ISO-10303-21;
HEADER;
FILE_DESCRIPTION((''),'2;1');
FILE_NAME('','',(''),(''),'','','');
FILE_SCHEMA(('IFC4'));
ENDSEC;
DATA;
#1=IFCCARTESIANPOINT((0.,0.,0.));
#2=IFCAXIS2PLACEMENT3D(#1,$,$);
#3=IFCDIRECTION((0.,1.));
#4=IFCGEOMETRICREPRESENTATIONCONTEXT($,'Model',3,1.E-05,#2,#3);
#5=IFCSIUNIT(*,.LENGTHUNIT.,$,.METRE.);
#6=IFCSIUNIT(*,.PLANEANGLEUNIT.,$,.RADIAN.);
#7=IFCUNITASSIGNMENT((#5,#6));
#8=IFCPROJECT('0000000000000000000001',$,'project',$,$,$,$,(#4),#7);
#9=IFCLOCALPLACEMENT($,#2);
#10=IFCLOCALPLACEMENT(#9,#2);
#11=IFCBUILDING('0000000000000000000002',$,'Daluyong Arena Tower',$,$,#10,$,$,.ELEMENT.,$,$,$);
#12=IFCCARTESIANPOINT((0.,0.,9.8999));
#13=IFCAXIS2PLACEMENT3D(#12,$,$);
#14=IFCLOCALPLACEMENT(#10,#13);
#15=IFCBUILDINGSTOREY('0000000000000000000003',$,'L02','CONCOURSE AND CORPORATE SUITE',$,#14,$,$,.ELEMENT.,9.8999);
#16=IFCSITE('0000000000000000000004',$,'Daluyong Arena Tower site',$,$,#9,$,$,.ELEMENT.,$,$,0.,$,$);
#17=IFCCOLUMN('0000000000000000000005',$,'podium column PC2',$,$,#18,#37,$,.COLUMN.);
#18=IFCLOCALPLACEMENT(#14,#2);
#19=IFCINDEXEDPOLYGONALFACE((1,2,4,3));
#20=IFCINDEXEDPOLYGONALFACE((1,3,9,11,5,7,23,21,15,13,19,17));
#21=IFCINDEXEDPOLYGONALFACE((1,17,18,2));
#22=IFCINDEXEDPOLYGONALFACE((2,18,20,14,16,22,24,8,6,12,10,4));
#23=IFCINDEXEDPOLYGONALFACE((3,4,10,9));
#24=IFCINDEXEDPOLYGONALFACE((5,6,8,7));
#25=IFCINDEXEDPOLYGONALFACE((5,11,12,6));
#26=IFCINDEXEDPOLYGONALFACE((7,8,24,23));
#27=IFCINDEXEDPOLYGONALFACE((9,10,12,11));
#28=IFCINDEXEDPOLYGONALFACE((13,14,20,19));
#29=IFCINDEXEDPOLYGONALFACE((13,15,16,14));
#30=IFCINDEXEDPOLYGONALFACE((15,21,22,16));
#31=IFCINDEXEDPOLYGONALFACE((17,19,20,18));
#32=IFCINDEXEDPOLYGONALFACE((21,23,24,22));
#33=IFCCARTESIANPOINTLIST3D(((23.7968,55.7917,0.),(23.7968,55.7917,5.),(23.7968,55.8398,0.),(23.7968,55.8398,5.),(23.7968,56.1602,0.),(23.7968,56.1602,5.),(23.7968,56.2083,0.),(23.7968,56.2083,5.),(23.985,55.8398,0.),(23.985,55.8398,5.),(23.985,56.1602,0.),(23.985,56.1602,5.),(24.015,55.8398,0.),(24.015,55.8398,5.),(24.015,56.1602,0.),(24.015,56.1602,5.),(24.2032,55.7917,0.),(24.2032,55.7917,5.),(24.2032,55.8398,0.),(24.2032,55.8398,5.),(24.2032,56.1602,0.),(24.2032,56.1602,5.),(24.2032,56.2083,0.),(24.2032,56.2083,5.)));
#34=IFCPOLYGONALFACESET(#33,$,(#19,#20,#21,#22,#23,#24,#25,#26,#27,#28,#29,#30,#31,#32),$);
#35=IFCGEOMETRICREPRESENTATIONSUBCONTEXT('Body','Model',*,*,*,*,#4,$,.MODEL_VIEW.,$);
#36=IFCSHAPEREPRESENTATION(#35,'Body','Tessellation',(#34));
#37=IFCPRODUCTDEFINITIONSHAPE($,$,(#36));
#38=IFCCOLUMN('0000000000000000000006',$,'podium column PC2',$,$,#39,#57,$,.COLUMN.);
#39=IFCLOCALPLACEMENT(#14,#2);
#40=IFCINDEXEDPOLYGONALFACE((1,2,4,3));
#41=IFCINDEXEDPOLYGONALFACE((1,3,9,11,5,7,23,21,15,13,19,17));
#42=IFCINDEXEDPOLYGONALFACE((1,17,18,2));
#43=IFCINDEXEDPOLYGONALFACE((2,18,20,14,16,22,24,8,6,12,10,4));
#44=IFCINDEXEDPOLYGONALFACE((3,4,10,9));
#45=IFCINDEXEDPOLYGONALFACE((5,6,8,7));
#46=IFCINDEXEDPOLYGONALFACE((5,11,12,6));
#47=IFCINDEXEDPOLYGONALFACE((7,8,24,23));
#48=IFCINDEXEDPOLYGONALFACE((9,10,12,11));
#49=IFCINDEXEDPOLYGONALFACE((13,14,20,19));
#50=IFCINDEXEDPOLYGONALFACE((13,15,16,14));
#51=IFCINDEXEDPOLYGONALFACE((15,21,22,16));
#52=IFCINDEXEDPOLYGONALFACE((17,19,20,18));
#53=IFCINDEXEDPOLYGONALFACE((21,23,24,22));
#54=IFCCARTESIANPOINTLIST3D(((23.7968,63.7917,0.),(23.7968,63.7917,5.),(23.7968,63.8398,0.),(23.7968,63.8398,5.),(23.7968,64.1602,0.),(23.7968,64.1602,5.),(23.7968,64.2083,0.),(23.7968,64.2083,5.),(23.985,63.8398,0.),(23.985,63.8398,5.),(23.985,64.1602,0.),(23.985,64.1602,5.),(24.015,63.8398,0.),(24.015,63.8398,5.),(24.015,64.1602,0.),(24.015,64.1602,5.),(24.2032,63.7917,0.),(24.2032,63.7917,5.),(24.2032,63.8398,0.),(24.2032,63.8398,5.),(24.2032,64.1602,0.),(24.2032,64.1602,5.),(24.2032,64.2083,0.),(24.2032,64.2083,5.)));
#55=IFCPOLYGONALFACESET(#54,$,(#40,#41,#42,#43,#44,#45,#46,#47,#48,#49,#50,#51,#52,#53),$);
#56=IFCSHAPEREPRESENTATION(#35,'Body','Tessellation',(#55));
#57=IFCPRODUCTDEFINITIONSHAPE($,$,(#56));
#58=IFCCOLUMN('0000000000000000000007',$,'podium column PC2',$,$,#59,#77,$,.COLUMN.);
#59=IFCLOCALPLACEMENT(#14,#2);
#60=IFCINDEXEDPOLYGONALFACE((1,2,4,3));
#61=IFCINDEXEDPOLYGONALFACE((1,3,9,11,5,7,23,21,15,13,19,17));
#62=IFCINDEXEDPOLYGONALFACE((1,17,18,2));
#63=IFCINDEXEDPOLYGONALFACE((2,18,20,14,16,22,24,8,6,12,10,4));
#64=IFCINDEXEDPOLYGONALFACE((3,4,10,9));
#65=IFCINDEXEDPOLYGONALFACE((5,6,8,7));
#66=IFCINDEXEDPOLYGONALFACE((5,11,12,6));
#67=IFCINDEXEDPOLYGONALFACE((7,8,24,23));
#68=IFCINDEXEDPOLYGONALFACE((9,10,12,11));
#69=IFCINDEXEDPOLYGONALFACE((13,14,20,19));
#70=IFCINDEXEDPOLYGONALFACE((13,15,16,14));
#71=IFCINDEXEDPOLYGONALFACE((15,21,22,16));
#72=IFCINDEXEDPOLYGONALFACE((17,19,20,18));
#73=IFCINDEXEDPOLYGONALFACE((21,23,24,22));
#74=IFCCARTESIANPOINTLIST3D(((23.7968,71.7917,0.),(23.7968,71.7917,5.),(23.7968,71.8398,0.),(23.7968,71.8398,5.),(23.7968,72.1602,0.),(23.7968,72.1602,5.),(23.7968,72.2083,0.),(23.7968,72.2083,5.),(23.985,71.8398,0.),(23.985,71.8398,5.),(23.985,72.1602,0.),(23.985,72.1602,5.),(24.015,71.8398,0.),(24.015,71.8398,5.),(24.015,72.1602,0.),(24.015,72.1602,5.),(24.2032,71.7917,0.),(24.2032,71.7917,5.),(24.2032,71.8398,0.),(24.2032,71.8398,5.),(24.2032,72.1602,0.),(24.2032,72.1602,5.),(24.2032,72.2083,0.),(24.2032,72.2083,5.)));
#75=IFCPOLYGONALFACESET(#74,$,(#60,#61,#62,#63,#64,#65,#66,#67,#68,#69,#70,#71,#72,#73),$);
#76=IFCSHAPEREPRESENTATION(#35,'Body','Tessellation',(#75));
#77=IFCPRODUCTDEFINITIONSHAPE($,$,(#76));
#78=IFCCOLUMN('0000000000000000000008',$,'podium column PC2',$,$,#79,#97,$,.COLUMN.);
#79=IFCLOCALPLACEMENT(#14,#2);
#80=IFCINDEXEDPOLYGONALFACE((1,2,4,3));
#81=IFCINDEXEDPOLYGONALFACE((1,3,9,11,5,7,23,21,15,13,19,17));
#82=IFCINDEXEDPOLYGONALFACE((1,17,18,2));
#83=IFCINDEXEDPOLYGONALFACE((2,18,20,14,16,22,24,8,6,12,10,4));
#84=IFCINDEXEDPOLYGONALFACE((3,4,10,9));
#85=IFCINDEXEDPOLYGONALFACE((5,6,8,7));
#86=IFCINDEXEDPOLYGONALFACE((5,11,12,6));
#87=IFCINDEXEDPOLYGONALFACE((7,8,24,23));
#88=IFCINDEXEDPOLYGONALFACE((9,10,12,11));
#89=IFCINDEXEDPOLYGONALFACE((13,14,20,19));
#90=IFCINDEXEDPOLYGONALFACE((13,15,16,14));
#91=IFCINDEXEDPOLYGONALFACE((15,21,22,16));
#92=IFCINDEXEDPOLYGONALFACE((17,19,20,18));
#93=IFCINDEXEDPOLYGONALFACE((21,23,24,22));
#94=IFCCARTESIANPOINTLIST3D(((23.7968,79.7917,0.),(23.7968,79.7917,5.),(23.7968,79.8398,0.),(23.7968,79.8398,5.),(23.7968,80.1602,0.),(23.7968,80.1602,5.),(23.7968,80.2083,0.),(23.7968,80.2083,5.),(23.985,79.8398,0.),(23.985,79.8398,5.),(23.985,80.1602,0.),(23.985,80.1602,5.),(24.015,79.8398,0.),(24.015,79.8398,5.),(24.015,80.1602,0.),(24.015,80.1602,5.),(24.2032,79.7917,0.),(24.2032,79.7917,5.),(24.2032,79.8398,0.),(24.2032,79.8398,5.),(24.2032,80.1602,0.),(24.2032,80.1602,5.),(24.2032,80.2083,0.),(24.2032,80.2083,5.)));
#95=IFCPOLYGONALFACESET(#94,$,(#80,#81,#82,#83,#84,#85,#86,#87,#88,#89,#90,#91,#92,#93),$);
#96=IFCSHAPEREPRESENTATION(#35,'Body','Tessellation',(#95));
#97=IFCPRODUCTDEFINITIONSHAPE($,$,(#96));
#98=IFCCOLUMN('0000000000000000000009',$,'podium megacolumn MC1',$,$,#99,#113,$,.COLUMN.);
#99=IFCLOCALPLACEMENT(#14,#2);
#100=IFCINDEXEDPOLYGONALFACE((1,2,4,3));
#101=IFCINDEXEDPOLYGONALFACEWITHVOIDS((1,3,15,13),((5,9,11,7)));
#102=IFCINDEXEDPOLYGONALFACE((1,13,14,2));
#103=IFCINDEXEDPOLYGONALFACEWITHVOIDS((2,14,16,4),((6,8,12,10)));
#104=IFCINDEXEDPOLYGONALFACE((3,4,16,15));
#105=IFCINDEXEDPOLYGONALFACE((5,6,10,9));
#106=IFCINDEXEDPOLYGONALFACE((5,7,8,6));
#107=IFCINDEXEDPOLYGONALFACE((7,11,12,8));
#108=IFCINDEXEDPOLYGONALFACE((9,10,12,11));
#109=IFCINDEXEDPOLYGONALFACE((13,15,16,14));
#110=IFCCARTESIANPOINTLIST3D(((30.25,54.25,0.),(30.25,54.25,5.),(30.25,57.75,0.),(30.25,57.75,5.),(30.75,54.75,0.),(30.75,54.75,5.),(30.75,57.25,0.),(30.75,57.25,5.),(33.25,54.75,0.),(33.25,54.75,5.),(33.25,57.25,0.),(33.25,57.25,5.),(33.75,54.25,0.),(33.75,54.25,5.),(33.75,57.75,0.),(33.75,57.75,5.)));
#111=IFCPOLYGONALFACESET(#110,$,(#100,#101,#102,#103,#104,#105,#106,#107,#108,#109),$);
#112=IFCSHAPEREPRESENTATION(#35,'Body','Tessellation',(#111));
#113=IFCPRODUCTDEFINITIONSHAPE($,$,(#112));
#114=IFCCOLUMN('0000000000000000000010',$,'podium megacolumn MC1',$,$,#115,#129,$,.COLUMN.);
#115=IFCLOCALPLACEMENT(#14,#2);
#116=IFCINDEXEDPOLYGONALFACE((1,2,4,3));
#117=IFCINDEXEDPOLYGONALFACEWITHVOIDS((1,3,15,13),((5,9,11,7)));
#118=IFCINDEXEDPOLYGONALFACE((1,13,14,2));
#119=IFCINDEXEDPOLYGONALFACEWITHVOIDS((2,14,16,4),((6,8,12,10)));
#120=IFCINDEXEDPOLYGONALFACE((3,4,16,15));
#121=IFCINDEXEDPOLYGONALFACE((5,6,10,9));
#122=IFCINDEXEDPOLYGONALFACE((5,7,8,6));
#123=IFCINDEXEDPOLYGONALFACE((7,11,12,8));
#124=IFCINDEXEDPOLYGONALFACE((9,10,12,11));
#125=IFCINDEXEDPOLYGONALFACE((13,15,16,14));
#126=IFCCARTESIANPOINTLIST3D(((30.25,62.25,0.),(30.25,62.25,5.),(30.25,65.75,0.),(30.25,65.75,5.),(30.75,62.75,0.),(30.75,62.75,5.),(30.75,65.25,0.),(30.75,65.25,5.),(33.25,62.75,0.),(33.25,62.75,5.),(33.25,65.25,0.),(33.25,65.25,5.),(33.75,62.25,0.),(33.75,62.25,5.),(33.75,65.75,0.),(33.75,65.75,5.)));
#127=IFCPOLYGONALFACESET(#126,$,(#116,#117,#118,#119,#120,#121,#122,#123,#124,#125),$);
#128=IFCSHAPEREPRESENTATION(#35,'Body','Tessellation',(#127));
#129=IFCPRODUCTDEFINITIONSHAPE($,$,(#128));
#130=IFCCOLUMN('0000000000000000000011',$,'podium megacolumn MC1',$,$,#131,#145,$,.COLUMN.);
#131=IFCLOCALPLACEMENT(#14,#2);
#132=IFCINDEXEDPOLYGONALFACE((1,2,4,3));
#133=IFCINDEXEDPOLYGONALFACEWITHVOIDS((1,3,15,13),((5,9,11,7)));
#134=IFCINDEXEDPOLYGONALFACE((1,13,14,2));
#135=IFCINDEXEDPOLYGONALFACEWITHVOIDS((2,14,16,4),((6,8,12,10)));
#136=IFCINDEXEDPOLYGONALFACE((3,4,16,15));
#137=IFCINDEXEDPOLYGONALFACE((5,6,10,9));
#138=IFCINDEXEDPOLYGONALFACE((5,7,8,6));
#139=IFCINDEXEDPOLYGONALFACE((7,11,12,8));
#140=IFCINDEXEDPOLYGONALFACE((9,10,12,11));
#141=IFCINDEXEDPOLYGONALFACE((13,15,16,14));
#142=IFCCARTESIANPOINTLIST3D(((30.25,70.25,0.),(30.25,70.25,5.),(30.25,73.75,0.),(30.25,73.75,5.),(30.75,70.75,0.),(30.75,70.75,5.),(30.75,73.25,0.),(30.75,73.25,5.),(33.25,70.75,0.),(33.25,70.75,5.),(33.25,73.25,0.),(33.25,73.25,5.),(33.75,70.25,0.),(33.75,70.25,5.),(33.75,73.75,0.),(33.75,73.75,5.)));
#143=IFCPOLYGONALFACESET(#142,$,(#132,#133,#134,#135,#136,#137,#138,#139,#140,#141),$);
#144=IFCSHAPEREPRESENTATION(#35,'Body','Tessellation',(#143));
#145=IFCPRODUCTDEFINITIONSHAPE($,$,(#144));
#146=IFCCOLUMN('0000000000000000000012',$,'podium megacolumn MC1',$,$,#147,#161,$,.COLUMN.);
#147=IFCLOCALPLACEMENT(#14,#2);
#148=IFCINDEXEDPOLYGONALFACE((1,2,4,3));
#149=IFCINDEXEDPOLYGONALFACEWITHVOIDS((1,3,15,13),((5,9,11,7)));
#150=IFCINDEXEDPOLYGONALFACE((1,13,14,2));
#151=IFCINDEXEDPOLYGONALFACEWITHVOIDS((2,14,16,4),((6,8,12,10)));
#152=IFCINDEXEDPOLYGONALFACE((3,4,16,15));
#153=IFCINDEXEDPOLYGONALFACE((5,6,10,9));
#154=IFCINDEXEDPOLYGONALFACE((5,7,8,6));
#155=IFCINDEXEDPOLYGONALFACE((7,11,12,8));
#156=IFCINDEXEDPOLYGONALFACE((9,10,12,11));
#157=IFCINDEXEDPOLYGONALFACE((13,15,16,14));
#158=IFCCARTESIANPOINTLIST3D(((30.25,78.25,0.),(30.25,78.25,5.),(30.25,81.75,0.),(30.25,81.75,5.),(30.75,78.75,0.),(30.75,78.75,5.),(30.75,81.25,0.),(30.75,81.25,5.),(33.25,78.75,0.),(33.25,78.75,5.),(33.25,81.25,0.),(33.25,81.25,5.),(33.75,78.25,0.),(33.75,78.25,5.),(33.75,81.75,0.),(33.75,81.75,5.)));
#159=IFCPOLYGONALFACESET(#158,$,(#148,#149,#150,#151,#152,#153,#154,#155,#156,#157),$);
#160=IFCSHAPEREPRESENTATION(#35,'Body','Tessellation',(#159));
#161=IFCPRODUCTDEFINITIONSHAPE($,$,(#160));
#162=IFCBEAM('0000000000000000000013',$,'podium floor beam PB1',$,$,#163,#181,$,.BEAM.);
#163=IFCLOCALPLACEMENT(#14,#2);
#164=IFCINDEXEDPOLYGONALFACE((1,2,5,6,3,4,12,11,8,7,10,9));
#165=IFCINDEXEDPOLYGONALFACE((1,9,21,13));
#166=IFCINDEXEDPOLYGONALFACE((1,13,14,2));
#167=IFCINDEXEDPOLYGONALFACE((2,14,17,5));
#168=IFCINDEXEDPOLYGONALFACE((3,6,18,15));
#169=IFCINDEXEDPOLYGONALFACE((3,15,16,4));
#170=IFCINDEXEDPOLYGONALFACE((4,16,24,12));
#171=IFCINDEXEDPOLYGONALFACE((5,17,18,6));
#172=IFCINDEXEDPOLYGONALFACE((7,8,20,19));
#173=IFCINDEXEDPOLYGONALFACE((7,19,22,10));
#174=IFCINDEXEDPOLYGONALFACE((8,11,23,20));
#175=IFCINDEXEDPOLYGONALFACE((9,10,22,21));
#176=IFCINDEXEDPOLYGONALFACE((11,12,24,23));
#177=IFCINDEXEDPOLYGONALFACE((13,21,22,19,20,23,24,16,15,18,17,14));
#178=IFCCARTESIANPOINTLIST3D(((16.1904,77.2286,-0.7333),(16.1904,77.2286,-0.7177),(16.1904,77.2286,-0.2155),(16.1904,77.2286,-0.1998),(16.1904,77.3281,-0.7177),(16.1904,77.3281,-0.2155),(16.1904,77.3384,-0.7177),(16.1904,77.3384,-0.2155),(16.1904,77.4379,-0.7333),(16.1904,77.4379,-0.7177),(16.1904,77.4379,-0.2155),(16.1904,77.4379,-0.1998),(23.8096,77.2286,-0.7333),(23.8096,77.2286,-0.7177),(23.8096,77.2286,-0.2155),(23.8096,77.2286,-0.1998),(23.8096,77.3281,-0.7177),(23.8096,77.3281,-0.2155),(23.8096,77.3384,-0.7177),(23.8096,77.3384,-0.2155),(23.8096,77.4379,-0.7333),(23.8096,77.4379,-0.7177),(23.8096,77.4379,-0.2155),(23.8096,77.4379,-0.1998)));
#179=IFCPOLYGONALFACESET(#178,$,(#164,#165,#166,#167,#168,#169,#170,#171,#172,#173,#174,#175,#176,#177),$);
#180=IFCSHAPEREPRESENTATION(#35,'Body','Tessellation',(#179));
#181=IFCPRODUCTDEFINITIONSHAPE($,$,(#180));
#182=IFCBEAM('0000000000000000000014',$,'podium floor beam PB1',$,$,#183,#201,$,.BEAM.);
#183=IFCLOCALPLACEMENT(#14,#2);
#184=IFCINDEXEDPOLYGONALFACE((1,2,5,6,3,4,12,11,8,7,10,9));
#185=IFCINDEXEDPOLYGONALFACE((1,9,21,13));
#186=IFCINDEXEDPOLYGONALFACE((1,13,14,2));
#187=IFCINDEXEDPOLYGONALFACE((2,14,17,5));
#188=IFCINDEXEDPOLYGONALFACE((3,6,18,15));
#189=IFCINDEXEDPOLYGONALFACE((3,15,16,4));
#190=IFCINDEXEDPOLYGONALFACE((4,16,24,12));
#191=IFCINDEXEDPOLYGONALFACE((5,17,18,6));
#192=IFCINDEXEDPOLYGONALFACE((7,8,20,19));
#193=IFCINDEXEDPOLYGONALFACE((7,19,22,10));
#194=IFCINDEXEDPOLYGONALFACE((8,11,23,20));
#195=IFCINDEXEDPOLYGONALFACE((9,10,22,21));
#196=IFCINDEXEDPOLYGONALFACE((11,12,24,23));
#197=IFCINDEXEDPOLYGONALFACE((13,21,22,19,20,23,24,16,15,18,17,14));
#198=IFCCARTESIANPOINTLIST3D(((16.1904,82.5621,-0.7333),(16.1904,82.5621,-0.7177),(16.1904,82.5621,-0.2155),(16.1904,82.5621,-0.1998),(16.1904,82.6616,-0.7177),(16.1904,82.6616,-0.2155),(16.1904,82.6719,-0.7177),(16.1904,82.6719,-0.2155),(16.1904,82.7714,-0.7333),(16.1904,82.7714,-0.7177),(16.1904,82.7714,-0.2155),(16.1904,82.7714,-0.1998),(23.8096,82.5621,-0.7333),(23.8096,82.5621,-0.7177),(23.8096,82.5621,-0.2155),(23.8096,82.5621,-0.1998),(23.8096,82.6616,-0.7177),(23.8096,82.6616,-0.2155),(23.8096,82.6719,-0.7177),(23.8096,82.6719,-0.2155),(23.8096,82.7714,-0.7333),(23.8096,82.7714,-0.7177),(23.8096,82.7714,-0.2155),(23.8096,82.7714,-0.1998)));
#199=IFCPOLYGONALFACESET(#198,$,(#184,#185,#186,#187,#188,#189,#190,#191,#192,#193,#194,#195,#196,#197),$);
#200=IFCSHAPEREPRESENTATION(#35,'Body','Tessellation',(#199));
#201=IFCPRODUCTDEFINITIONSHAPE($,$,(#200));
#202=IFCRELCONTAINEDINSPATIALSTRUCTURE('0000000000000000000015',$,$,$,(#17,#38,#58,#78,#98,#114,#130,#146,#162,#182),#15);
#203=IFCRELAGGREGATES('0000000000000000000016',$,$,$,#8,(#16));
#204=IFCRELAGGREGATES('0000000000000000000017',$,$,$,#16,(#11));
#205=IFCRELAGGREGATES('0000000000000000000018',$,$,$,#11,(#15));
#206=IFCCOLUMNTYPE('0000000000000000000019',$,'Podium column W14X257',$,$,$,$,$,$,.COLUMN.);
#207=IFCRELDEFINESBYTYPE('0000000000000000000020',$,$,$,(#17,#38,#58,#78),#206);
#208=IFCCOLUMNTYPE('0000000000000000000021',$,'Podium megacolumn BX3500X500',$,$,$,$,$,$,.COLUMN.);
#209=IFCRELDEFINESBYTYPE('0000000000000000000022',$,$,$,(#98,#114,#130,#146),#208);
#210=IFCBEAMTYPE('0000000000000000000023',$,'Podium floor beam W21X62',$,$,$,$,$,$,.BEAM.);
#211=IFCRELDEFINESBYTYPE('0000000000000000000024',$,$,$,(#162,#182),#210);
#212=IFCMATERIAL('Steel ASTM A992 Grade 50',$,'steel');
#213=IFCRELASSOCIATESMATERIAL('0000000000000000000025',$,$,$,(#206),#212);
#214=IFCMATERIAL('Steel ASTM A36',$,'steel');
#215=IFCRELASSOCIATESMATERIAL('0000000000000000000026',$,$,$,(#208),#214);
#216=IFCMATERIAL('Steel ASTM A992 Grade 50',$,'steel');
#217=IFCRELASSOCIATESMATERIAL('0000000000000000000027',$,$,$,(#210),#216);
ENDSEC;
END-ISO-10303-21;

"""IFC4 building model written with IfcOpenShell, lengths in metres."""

from ifc_helpers import new_model, si_unit, direction, frame, origin, origin_2d, place, context, subcontext, project, spatial, hollow_rectangle, i_section, extrude, material, material_profile, profile_set, type_object, element, save


model = new_model("IFC4")

# Units and contexts
model_context = context("Model", 3, precision=1e-05, world=origin(), true_north=direction((0.0, 1.0)))
body_context = subcontext(model_context, "Body", "Model", "MODEL_VIEW")
ifc_project = project(units=[si_unit("LENGTHUNIT", "METRE"), si_unit("PLANEANGLEUNIT", "RADIAN")], contexts=[model_context])

# Site, building, storey
site_placement = place(None, origin())
site = spatial("IfcSite", under=ifc_project, at=site_placement, Name="Daluyong Arena Tower site", CompositionType="ELEMENT", RefElevation=0.0)
building_placement = place(site_placement, origin())
building = spatial("IfcBuilding", under=site, at=building_placement, Name="Daluyong Arena Tower", CompositionType="ELEMENT")
storey_placement = place(building_placement, frame((0.0, 0.0, 9.8999)))
storey = spatial("IfcBuildingStorey", under=building, at=storey_placement, Name="L02", Description="CONCOURSE AND CORPORATE SUITE", CompositionType="ELEMENT", Elevation=9.8999)

# Columns
ifc_material_1 = material(Name="Steel ASTM A992 Grade 50", Category="steel")
ifc_material_profile_1 = material_profile(ifc_material_1, i_section(OverallWidth=0.4065, OverallDepth=0.4165, WebThickness=0.03, FlangeThickness=0.0481, at=origin_2d()))
ifc_profile_set_1 = profile_set([ifc_material_profile_1], Name="Steel ASTM A992 Grade 50")
column_type_1 = type_object("IfcColumnType", Name="Podium column W14X257", PredefinedType="COLUMN", material=ifc_profile_set_1)
for number, where, z_axis, x_axis, name in (
    (1, (24.0, 56.0, 0.0), (0.0, 0.0, 1.0), (1.0, 0.0, 0.0), "podium column PC2"),
    (2, (24.0, 64.0, 0.0), (0.0, 0.0, 1.0), (1.0, 0.0, 0.0), "podium column PC2"),
    (3, (24.0, 72.0, 0.0), (0.0, 0.0, 1.0), (1.0, 0.0, 0.0), "podium column PC2"),
    (4, (24.0, 80.0, 0.0), (0.0, 0.0, 1.0), (1.0, 0.0, 0.0), "podium column PC2"),
):
    element("IfcColumn", number, at=place(storey_placement, frame(where, z_axis=z_axis, x_axis=x_axis)), inside=storey, type_object=column_type_1, Name=name, PredefinedType="COLUMN", context=body_context, shape_type="SweptSolid", body=[
        extrude(i_section(OverallWidth=0.4065, OverallDepth=0.4165, WebThickness=0.03, FlangeThickness=0.0481, at=origin_2d()), origin(), (0.0, 0.0, 1.0), 5.0),
    ])
ifc_material_2 = material(Name="Steel ASTM A36", Category="steel")
ifc_material_profile_2 = material_profile(ifc_material_2, hollow_rectangle(XDim=3.5, YDim=3.5, WallThickness=0.5, at=origin_2d()))
ifc_profile_set_2 = profile_set([ifc_material_profile_2], Name="Steel ASTM A36")
column_type_2 = type_object("IfcColumnType", Name="Podium megacolumn BX3500X500", PredefinedType="COLUMN", material=ifc_profile_set_2)
for number, where, z_axis, x_axis, name in (
    (5, (32.0, 56.0, 0.0), (0.0, 0.0, 1.0), (1.0, 0.0, 0.0), "podium megacolumn MC1"),
    (6, (32.0, 64.0, 0.0), (0.0, 0.0, 1.0), (1.0, 0.0, 0.0), "podium megacolumn MC1"),
    (7, (32.0, 72.0, 0.0), (0.0, 0.0, 1.0), (1.0, 0.0, 0.0), "podium megacolumn MC1"),
    (8, (32.0, 80.0, 0.0), (0.0, 0.0, 1.0), (1.0, 0.0, 0.0), "podium megacolumn MC1"),
):
    element("IfcColumn", number, at=place(storey_placement, frame(where, z_axis=z_axis, x_axis=x_axis)), inside=storey, type_object=column_type_2, Name=name, PredefinedType="COLUMN", context=body_context, shape_type="SweptSolid", body=[
        extrude(hollow_rectangle(XDim=3.5, YDim=3.5, WallThickness=0.5, at=origin_2d()), origin(), (0.0, 0.0, 1.0), 5.0),
    ])

# Beams
ifc_material_3 = material(Name="Steel ASTM A992 Grade 50", Category="steel")
ifc_material_profile_3 = material_profile(ifc_material_3, i_section(OverallWidth=0.2092, OverallDepth=0.5334, WebThickness=0.0103, FlangeThickness=0.0156, at=origin_2d()))
ifc_profile_set_3 = profile_set([ifc_material_profile_3], Name="Steel ASTM A992 Grade 50")
beam_type_1 = type_object("IfcBeamType", Name="Podium floor beam W21X62", PredefinedType="BEAM", material=ifc_profile_set_3)
for number, where, z_axis, x_axis, name in (
    (9, (16.1904, 77.3333, -0.4666), (1.0, 0.0, 0.0), (0.0, 1.0, 0.0), "podium floor beam PB1"),
    (10, (16.1904, 82.6667, -0.4666), (1.0, 0.0, 0.0), (0.0, 1.0, 0.0), "podium floor beam PB1"),
):
    element("IfcBeam", number, at=place(storey_placement, frame(where, z_axis=z_axis, x_axis=x_axis)), inside=storey, type_object=beam_type_1, Name=name, PredefinedType="BEAM", context=body_context, shape_type="SweptSolid", body=[
        extrude(i_section(OverallWidth=0.2092, OverallDepth=0.5334, WebThickness=0.0103, FlangeThickness=0.0156, at=origin_2d()), origin(), (0.0, 0.0, 1.0), 7.6191),
    ])

save(model, "model.ifc")
